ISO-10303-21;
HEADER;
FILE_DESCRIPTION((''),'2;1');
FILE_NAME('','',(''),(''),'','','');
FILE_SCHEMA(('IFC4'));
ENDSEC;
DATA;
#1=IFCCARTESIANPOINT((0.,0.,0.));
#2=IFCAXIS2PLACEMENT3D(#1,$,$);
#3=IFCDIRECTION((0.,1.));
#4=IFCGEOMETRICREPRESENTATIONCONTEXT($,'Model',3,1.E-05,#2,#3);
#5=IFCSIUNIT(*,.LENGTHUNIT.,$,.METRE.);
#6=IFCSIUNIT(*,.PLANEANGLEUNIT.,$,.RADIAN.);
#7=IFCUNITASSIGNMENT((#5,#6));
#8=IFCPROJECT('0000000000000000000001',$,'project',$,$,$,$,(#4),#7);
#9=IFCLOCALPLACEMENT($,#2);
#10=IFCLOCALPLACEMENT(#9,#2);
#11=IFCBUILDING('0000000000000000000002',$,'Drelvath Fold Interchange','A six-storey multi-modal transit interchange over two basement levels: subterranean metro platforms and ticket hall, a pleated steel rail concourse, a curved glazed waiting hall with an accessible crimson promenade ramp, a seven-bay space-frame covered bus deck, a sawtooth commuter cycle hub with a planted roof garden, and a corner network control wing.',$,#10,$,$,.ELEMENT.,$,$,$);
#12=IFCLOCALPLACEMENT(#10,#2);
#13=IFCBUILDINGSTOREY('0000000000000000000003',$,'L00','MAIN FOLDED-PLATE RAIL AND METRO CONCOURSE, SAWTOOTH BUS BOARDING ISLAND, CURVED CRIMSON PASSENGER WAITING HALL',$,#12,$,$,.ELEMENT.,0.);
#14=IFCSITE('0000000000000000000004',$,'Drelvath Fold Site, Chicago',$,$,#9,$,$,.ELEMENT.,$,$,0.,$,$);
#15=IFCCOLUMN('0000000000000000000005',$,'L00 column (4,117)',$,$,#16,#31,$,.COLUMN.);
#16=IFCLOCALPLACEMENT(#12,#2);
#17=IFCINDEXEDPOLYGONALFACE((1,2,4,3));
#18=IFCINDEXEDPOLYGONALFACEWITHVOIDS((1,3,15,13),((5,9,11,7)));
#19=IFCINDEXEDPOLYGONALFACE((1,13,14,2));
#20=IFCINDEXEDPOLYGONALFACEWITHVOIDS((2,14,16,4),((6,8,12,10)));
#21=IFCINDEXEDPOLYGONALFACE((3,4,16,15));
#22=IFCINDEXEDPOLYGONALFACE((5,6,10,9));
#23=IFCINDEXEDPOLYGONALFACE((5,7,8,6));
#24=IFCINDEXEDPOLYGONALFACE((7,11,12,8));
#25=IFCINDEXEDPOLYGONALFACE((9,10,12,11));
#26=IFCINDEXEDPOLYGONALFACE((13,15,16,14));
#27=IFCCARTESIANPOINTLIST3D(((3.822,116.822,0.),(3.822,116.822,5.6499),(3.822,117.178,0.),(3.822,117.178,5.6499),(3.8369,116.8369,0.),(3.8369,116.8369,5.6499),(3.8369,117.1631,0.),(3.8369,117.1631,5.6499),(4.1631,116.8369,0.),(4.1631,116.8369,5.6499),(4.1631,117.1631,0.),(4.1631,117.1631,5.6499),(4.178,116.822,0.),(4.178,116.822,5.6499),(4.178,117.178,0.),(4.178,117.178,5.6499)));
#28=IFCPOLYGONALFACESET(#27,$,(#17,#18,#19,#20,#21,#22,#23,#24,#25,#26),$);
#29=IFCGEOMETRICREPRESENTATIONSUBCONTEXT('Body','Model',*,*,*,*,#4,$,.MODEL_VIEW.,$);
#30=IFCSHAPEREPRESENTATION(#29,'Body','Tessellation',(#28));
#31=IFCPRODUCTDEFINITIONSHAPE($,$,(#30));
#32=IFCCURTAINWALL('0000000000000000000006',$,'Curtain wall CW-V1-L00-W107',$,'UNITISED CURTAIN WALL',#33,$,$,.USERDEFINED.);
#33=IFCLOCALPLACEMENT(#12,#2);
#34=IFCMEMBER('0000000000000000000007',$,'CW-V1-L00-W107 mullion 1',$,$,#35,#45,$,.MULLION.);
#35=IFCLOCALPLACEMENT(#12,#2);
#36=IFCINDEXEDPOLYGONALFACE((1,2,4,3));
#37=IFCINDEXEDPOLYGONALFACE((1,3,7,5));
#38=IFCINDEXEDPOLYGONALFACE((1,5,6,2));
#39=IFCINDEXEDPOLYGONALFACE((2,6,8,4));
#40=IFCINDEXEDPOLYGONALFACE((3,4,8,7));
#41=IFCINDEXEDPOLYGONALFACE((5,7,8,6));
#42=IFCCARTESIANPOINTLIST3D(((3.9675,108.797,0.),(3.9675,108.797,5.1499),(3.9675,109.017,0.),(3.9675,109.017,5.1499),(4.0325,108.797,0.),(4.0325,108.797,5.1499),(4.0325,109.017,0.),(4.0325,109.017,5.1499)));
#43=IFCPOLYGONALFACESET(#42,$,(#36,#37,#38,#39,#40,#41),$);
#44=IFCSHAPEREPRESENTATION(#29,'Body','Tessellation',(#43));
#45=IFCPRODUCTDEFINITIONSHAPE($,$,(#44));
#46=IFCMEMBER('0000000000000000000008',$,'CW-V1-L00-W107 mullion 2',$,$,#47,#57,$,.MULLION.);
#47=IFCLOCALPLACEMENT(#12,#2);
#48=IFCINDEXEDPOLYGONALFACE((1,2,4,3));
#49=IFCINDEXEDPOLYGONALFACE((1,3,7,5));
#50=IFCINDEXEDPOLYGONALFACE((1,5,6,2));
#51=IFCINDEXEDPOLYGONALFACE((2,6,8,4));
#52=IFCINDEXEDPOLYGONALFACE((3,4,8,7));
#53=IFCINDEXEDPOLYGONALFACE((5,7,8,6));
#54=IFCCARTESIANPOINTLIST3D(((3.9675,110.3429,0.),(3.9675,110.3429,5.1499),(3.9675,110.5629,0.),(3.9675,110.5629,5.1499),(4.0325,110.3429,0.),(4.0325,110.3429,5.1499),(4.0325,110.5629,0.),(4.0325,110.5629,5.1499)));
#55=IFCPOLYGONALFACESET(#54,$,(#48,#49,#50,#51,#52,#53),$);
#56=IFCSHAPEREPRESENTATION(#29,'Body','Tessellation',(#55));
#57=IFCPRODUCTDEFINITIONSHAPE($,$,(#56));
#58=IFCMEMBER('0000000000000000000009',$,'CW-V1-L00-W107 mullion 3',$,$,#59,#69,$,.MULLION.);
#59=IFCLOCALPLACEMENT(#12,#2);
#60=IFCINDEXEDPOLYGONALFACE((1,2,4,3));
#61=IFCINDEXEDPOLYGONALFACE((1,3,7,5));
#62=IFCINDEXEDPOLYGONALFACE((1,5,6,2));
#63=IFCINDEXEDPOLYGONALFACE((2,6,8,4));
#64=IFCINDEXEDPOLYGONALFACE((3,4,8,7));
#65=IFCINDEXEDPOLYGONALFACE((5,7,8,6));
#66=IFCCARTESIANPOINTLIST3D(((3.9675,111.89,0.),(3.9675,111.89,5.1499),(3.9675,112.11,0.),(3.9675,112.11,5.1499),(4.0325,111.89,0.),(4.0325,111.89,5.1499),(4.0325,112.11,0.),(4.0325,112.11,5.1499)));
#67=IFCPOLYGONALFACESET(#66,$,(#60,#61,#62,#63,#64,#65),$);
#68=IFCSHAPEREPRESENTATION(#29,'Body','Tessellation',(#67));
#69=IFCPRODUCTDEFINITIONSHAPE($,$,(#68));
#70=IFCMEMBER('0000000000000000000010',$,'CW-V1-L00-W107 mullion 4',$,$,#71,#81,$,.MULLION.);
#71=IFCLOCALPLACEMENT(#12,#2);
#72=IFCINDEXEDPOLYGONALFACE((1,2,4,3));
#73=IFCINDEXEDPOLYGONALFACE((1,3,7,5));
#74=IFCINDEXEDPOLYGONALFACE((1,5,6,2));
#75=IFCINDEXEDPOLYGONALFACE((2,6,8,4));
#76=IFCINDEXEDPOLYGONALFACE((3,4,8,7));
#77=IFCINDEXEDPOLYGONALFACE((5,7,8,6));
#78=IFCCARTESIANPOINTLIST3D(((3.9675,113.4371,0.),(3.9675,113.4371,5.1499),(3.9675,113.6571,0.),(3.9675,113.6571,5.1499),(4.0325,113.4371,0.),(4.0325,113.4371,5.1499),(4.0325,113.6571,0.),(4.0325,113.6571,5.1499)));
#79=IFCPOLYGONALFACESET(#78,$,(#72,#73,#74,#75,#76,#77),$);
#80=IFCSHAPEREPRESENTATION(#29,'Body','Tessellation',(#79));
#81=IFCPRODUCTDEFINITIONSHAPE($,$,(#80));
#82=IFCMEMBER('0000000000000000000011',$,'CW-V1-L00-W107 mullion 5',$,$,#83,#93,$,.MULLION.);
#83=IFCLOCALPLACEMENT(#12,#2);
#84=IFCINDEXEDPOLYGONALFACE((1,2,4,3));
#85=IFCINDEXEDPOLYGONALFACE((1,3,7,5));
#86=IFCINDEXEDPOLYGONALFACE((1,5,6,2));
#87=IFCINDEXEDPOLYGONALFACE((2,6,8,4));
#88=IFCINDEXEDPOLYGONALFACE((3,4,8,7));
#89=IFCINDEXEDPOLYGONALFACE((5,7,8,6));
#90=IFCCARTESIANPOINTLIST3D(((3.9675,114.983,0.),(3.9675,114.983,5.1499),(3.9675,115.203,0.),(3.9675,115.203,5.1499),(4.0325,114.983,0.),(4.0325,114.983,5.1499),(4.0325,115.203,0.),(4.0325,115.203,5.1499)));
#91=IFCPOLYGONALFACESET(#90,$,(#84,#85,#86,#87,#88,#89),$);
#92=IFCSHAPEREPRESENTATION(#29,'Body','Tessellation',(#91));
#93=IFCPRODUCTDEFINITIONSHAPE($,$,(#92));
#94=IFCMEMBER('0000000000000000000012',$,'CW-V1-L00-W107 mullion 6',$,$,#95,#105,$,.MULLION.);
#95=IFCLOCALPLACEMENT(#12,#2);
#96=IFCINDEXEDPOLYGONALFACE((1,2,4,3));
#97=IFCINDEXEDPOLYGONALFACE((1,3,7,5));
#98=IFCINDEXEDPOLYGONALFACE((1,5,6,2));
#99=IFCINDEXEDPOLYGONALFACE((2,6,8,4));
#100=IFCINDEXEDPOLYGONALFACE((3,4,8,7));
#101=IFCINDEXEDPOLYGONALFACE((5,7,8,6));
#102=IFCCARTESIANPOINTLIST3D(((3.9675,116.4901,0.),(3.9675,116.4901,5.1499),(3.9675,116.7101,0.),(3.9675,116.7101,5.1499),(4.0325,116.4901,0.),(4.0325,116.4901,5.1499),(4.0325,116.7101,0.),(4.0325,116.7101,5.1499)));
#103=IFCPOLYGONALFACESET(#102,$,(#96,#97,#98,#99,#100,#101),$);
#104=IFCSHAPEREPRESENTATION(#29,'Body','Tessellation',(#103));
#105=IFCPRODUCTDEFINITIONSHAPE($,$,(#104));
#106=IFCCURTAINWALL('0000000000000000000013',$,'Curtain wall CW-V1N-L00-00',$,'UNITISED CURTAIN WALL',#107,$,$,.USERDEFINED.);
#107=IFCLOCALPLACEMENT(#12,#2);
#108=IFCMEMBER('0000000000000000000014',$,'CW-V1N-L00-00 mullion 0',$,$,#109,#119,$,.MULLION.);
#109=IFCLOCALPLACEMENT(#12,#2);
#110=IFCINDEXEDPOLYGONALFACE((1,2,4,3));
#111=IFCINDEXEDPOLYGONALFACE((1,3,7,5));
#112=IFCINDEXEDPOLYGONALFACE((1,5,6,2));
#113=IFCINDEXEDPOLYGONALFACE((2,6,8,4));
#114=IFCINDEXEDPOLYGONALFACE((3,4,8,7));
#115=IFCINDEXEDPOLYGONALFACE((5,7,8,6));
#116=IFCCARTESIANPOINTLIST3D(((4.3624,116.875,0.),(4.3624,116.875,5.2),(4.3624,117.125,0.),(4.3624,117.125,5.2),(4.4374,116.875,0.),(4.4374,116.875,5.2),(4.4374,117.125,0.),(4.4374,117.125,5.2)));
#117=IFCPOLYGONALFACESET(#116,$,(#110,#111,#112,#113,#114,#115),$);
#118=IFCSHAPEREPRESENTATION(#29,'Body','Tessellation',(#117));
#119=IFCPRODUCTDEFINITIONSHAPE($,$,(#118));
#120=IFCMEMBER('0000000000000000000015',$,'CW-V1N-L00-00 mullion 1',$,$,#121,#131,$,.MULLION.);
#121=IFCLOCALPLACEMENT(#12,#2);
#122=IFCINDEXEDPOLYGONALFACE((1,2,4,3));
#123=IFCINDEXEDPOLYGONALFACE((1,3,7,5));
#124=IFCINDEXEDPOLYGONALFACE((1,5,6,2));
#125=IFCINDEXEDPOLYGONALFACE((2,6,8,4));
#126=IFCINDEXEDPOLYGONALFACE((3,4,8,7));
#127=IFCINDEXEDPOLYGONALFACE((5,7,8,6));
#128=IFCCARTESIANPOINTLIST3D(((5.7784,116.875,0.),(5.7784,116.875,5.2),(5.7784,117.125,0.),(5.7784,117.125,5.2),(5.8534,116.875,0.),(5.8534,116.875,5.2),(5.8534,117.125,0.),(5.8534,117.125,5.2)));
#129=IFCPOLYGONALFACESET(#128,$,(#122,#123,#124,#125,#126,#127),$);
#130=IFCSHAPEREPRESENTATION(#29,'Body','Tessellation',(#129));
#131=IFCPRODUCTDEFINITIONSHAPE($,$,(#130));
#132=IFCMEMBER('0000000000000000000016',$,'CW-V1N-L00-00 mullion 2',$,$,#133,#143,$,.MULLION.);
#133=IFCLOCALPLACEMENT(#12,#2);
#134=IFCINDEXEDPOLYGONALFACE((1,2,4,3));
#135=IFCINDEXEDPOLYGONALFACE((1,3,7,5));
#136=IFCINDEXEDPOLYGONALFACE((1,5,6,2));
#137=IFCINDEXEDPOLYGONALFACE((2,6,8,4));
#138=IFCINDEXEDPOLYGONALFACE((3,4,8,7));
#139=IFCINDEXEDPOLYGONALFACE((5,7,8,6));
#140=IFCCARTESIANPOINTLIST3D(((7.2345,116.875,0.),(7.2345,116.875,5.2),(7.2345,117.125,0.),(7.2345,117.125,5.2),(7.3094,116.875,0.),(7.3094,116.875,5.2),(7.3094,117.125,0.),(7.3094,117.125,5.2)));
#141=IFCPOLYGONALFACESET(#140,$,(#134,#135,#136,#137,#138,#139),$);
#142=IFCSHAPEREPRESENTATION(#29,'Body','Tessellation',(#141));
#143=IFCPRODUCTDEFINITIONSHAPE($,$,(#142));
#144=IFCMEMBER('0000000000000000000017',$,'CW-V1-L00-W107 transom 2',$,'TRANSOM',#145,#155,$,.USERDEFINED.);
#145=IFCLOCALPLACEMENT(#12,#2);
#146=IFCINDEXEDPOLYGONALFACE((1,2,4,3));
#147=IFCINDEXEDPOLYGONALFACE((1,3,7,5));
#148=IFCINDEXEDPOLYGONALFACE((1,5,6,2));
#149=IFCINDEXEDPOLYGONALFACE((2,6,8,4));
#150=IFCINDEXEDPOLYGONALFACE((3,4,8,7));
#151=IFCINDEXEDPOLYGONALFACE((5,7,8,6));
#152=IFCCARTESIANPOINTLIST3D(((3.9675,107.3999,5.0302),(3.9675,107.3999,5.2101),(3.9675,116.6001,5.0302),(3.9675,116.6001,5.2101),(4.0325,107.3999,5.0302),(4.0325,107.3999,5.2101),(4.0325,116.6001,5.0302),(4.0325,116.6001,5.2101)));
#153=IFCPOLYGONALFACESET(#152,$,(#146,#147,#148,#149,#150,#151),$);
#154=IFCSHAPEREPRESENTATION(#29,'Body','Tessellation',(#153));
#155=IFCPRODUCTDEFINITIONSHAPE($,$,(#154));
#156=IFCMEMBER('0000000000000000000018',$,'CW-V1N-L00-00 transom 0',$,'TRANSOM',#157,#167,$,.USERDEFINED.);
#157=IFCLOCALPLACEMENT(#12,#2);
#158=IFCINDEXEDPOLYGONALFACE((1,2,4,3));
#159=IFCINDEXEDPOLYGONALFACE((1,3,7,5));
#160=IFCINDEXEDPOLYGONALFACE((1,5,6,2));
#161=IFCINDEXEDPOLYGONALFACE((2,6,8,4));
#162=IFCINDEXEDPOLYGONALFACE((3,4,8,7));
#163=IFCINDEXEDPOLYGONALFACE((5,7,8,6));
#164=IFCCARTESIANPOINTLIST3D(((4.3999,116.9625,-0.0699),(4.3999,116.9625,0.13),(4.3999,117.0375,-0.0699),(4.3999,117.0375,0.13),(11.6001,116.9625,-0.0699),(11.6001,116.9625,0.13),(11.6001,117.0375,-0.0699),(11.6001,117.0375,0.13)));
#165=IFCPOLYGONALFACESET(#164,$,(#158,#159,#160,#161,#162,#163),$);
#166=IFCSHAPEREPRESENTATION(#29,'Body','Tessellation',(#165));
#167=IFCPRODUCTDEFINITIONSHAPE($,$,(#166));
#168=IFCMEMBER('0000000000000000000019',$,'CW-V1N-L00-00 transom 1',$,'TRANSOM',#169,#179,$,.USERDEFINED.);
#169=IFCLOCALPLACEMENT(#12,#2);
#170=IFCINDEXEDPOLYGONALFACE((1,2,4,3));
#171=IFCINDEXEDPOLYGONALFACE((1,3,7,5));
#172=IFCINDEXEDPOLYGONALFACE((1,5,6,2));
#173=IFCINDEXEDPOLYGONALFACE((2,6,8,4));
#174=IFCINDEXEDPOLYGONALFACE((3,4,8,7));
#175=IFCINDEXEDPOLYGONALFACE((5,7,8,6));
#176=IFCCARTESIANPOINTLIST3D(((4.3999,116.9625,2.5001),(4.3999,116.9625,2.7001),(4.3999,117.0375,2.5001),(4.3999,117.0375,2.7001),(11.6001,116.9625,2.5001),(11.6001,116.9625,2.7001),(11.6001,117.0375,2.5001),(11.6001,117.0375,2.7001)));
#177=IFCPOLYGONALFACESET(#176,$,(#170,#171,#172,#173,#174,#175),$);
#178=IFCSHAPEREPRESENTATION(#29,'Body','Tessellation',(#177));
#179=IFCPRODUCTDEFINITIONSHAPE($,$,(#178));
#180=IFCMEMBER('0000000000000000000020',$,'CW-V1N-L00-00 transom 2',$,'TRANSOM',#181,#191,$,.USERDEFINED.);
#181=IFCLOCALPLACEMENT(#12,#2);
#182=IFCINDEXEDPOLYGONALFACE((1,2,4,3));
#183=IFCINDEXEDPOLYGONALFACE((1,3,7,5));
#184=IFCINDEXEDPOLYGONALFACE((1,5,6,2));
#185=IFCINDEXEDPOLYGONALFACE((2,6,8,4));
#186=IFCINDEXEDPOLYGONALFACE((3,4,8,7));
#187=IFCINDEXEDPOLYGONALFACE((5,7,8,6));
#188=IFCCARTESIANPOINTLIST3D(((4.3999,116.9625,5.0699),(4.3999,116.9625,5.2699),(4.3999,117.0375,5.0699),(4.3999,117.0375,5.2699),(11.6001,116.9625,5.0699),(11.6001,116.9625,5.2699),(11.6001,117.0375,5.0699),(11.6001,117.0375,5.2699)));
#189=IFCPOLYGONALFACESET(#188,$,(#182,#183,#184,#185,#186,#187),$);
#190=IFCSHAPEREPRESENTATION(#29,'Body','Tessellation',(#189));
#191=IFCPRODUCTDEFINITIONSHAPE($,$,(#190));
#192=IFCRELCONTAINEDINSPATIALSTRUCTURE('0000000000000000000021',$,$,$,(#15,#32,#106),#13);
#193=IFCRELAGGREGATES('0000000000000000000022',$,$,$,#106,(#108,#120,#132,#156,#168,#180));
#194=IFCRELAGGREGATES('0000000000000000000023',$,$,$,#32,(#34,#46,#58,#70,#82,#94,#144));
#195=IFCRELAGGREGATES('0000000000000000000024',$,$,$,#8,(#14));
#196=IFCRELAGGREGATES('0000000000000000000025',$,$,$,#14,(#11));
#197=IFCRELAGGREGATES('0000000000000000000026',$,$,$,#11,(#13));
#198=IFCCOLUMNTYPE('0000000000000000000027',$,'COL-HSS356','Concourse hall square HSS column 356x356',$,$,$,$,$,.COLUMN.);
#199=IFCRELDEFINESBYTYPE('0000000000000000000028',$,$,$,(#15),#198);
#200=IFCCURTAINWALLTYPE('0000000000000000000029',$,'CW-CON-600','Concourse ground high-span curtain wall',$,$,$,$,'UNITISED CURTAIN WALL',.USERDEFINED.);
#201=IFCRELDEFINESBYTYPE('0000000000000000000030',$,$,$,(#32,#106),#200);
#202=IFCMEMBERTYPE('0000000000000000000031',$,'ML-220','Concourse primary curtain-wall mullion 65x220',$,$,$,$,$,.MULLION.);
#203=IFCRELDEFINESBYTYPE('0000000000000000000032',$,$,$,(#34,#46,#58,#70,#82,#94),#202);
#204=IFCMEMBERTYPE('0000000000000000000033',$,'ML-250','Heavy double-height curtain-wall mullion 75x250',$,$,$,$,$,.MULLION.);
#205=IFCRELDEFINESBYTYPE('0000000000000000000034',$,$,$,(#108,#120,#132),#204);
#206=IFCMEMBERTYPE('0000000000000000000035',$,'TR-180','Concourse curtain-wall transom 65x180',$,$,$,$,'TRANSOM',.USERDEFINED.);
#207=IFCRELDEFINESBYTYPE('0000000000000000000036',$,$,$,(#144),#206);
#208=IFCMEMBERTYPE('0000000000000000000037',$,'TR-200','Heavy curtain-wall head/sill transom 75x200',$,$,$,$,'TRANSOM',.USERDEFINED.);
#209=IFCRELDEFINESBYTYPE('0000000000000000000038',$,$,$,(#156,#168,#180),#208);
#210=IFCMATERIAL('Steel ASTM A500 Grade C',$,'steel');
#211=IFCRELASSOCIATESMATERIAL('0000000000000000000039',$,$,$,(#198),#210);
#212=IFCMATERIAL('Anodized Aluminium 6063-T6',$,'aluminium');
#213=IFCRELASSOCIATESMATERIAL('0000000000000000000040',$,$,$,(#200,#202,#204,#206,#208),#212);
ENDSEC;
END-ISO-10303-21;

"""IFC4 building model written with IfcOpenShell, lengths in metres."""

from ifc_helpers import new_model, si_unit, direction, frame, origin, origin_2d, place, context, subcontext, project, spatial, rectangle, hollow_rectangle, extrude, material, material_profile, profile_set, type_object, element, aggregate, save


model = new_model("IFC4")

# Units and contexts
model_context = context("Model", 3, precision=1e-05, world=origin(), true_north=direction((0.0, 1.0)))
body_context = subcontext(model_context, "Body", "Model", "MODEL_VIEW")
ifc_project = project(units=[si_unit("LENGTHUNIT", "METRE"), si_unit("PLANEANGLEUNIT", "RADIAN")], contexts=[model_context])

# Site, building, storey
site_placement = place(None, origin())
site = spatial("IfcSite", under=ifc_project, at=site_placement, Name="Drelvath Fold Site, Chicago", CompositionType="ELEMENT", RefElevation=0.0)
building_placement = place(site_placement, origin())
building = spatial("IfcBuilding", under=site, at=building_placement, Name="Drelvath Fold Interchange", Description="A six-storey multi-modal transit interchange over two basement levels: subterranean metro platforms and ticket hall, a pleated steel rail concourse, a curved glazed waiting hall with an accessible crimson promenade ramp, a seven-bay space-frame covered bus deck, a sawtooth commuter cycle hub with a planted roof garden, and a corner network control wing.", CompositionType="ELEMENT")
storey_placement = place(building_placement, origin())
storey = spatial("IfcBuildingStorey", under=building, at=storey_placement, Name="L00", Description="MAIN FOLDED-PLATE RAIL AND METRO CONCOURSE, SAWTOOTH BUS BOARDING ISLAND, CURVED CRIMSON PASSENGER WAITING HALL", CompositionType="ELEMENT", Elevation=0.0)

# Column
ifc_material_1 = material(Name="Steel ASTM A500 Grade C", Category="steel")
ifc_material_profile_1 = material_profile(ifc_material_1, hollow_rectangle(XDim=0.356, YDim=0.356, WallThickness=0.0149, at=origin_2d()), Name="HSS14X14X5/8")
ifc_profile_set_1 = profile_set([ifc_material_profile_1], Name="Steel ASTM A500 Grade C")
column_type = type_object("IfcColumnType", Name="COL-HSS356", Description="Concourse hall square HSS column 356x356", PredefinedType="COLUMN", material=ifc_profile_set_1)
column_placement = place(storey_placement, frame((4.0, 117.0, 0.0), z_axis=(0.0, 0.0, 1.0), x_axis=(1.0, 0.0, 0.0)))
element("IfcColumn", 1, at=column_placement, inside=storey, type_object=column_type, Name="L00 column (4,117)", PredefinedType="COLUMN", context=body_context, shape_type="SweptSolid", body=[
    extrude(hollow_rectangle(XDim=0.356, YDim=0.356, WallThickness=0.0149, at=origin_2d()), origin(), (0.0, 0.0, 1.0), 5.6499),
])

# Curtain walls, members
ifc_material_2 = material(Name="Anodized Aluminium 6063-T6", Category="aluminium")
curtain_wall_type = type_object("IfcCurtainWallType", Name="CW-CON-600", Description="Concourse ground high-span curtain wall", ElementType="UNITISED CURTAIN WALL", PredefinedType="USERDEFINED", material=ifc_material_2)
curtain_wall_1_placement = place(storey_placement, origin())
curtain_wall_1 = element("IfcCurtainWall", 2, at=curtain_wall_1_placement, inside=storey, type_object=curtain_wall_type, Name="Curtain wall CW-V1-L00-W107", ObjectType="UNITISED CURTAIN WALL", PredefinedType="USERDEFINED")
ifc_material_profile_2 = material_profile(ifc_material_2, rectangle(XDim=0.0649, YDim=0.22, at=origin_2d()), Name="AL-M 65x220")
ifc_profile_set_2 = profile_set([ifc_material_profile_2], Name="Anodized Aluminium 6063-T6")
member_type_1 = type_object("IfcMemberType", Name="ML-220", Description="Concourse primary curtain-wall mullion 65x220", PredefinedType="MULLION", material=ifc_profile_set_2)
member_1_placement = place(storey_placement, frame((4.0, 108.907, 0.0), z_axis=(0.0, 0.0, 1.0), x_axis=(1.0, 0.0, 0.0)))
member_1 = element("IfcMember", 3, at=member_1_placement, type_object=member_type_1, Name="CW-V1-L00-W107 mullion 1", PredefinedType="MULLION", context=body_context, shape_type="SweptSolid", body=[
    extrude(rectangle(XDim=0.0649, YDim=0.22, at=origin_2d()), origin(), (0.0, 0.0, 1.0), 5.1499),
])
member_2_placement = place(storey_placement, frame((4.0, 110.4529, 0.0), z_axis=(0.0, 0.0, 1.0), x_axis=(1.0, 0.0, 0.0)))
member_2 = element("IfcMember", 4, at=member_2_placement, type_object=member_type_1, Name="CW-V1-L00-W107 mullion 2", PredefinedType="MULLION", context=body_context, shape_type="SweptSolid", body=[
    extrude(rectangle(XDim=0.0649, YDim=0.22, at=origin_2d()), origin(), (0.0, 0.0, 1.0), 5.1499),
])
member_3_placement = place(storey_placement, frame((4.0, 112.0, 0.0), z_axis=(0.0, 0.0, 1.0), x_axis=(1.0, 0.0, 0.0)))
member_3 = element("IfcMember", 5, at=member_3_placement, type_object=member_type_1, Name="CW-V1-L00-W107 mullion 3", PredefinedType="MULLION", context=body_context, shape_type="SweptSolid", body=[
    extrude(rectangle(XDim=0.0649, YDim=0.22, at=origin_2d()), origin(), (0.0, 0.0, 1.0), 5.1499),
])
member_4_placement = place(storey_placement, frame((4.0, 113.5471, 0.0), z_axis=(0.0, 0.0, 1.0), x_axis=(1.0, 0.0, 0.0)))
member_4 = element("IfcMember", 6, at=member_4_placement, type_object=member_type_1, Name="CW-V1-L00-W107 mullion 4", PredefinedType="MULLION", context=body_context, shape_type="SweptSolid", body=[
    extrude(rectangle(XDim=0.0649, YDim=0.22, at=origin_2d()), origin(), (0.0, 0.0, 1.0), 5.1499),
])
member_5_placement = place(storey_placement, frame((4.0, 115.093, 0.0), z_axis=(0.0, 0.0, 1.0), x_axis=(1.0, 0.0, 0.0)))
member_5 = element("IfcMember", 7, at=member_5_placement, type_object=member_type_1, Name="CW-V1-L00-W107 mullion 5", PredefinedType="MULLION", context=body_context, shape_type="SweptSolid", body=[
    extrude(rectangle(XDim=0.0649, YDim=0.22, at=origin_2d()), origin(), (0.0, 0.0, 1.0), 5.1499),
])
member_6_placement = place(storey_placement, frame((4.0, 116.6001, 0.0), z_axis=(0.0, 0.0, 1.0), x_axis=(1.0, 0.0, 0.0)))
member_6 = element("IfcMember", 8, at=member_6_placement, type_object=member_type_1, Name="CW-V1-L00-W107 mullion 6", PredefinedType="MULLION", context=body_context, shape_type="SweptSolid", body=[
    extrude(rectangle(XDim=0.0649, YDim=0.22, at=origin_2d()), origin(), (0.0, 0.0, 1.0), 5.1499),
])
curtain_wall_2_placement = place(storey_placement, origin())
curtain_wall_2 = element("IfcCurtainWall", 9, at=curtain_wall_2_placement, inside=storey, type_object=curtain_wall_type, Name="Curtain wall CW-V1N-L00-00", ObjectType="UNITISED CURTAIN WALL", PredefinedType="USERDEFINED")
ifc_material_profile_3 = material_profile(ifc_material_2, rectangle(XDim=0.075, YDim=0.25, at=origin_2d()), Name="AL-M 75x250")
ifc_profile_set_3 = profile_set([ifc_material_profile_3], Name="Anodized Aluminium 6063-T6")
member_type_2 = type_object("IfcMemberType", Name="ML-250", Description="Heavy double-height curtain-wall mullion 75x250", PredefinedType="MULLION", material=ifc_profile_set_3)
member_7_placement = place(storey_placement, frame((4.3999, 117.0, 0.0), z_axis=(0.0, 0.0, 1.0), x_axis=(1.0, 0.0, 0.0)))
member_7 = element("IfcMember", 10, at=member_7_placement, type_object=member_type_2, Name="CW-V1N-L00-00 mullion 0", PredefinedType="MULLION", context=body_context, shape_type="SweptSolid", body=[
    extrude(rectangle(XDim=0.075, YDim=0.25, at=origin_2d()), origin(), (0.0, 0.0, 1.0), 5.2),
])
member_8_placement = place(storey_placement, frame((5.8159, 117.0, 0.0), z_axis=(0.0, 0.0, 1.0), x_axis=(1.0, 0.0, 0.0)))
member_8 = element("IfcMember", 11, at=member_8_placement, type_object=member_type_2, Name="CW-V1N-L00-00 mullion 1", PredefinedType="MULLION", context=body_context, shape_type="SweptSolid", body=[
    extrude(rectangle(XDim=0.075, YDim=0.25, at=origin_2d()), origin(), (0.0, 0.0, 1.0), 5.2),
])
member_9_placement = place(storey_placement, frame((7.272, 117.0, 0.0), z_axis=(0.0, 0.0, 1.0), x_axis=(1.0, 0.0, 0.0)))
member_9 = element("IfcMember", 12, at=member_9_placement, type_object=member_type_2, Name="CW-V1N-L00-00 mullion 2", PredefinedType="MULLION", context=body_context, shape_type="SweptSolid", body=[
    extrude(rectangle(XDim=0.075, YDim=0.25, at=origin_2d()), origin(), (0.0, 0.0, 1.0), 5.2),
])

# Members
ifc_material_profile_4 = material_profile(ifc_material_2, rectangle(XDim=0.0649, YDim=0.1799, at=origin_2d()), Name="AL-T 65x180")
ifc_profile_set_4 = profile_set([ifc_material_profile_4], Name="Anodized Aluminium 6063-T6")
member_type_3 = type_object("IfcMemberType", Name="TR-180", Description="Concourse curtain-wall transom 65x180", ElementType="TRANSOM", PredefinedType="USERDEFINED", material=ifc_profile_set_4)
member_10_placement = place(storey_placement, frame((4.0, 107.3999, 5.1201), z_axis=(0.0, 1.0, 0.0), x_axis=(-1.0, 0.0, 0.0)))
member_10 = element("IfcMember", 13, at=member_10_placement, type_object=member_type_3, Name="CW-V1-L00-W107 transom 2", ObjectType="TRANSOM", PredefinedType="USERDEFINED", context=body_context, shape_type="SweptSolid", body=[
    extrude(rectangle(XDim=0.0649, YDim=0.1799, at=origin_2d()), origin(), (0.0, 0.0, 1.0), 9.2002),
])
ifc_material_profile_5 = material_profile(ifc_material_2, rectangle(XDim=0.075, YDim=0.2, at=origin_2d()), Name="AL-T 75x200")
ifc_profile_set_5 = profile_set([ifc_material_profile_5], Name="Anodized Aluminium 6063-T6")
member_type_4 = type_object("IfcMemberType", Name="TR-200", Description="Heavy curtain-wall head/sill transom 75x200", ElementType="TRANSOM", PredefinedType="USERDEFINED", material=ifc_profile_set_5)
member_11_placement = place(storey_placement, frame((4.3999, 117.0, 0.03), z_axis=(1.0, 0.0, 0.0), x_axis=(0.0, 1.0, 0.0)))
member_11 = element("IfcMember", 14, at=member_11_placement, type_object=member_type_4, Name="CW-V1N-L00-00 transom 0", ObjectType="TRANSOM", PredefinedType="USERDEFINED", context=body_context, shape_type="SweptSolid", body=[
    extrude(rectangle(XDim=0.075, YDim=0.2, at=origin_2d()), origin(), (0.0, 0.0, 1.0), 7.2002),
])
member_12_placement = place(storey_placement, frame((4.3999, 117.0, 2.6001), z_axis=(1.0, 0.0, 0.0), x_axis=(0.0, 1.0, 0.0)))
member_12 = element("IfcMember", 15, at=member_12_placement, type_object=member_type_4, Name="CW-V1N-L00-00 transom 1", ObjectType="TRANSOM", PredefinedType="USERDEFINED", context=body_context, shape_type="SweptSolid", body=[
    extrude(rectangle(XDim=0.075, YDim=0.2, at=origin_2d()), origin(), (0.0, 0.0, 1.0), 7.2002),
])
member_13_placement = place(storey_placement, frame((4.3999, 117.0, 5.1699), z_axis=(1.0, 0.0, 0.0), x_axis=(0.0, 1.0, 0.0)))
member_13 = element("IfcMember", 16, at=member_13_placement, type_object=member_type_4, Name="CW-V1N-L00-00 transom 2", ObjectType="TRANSOM", PredefinedType="USERDEFINED", context=body_context, shape_type="SweptSolid", body=[
    extrude(rectangle(XDim=0.075, YDim=0.2, at=origin_2d()), origin(), (0.0, 0.0, 1.0), 7.2002),
])

aggregate(curtain_wall_2, [member_7, member_8, member_9, member_11, member_12, member_13])
aggregate(curtain_wall_1, [member_1, member_2, member_3, member_4, member_5, member_6, member_10])

save(model, "model.ifc")
